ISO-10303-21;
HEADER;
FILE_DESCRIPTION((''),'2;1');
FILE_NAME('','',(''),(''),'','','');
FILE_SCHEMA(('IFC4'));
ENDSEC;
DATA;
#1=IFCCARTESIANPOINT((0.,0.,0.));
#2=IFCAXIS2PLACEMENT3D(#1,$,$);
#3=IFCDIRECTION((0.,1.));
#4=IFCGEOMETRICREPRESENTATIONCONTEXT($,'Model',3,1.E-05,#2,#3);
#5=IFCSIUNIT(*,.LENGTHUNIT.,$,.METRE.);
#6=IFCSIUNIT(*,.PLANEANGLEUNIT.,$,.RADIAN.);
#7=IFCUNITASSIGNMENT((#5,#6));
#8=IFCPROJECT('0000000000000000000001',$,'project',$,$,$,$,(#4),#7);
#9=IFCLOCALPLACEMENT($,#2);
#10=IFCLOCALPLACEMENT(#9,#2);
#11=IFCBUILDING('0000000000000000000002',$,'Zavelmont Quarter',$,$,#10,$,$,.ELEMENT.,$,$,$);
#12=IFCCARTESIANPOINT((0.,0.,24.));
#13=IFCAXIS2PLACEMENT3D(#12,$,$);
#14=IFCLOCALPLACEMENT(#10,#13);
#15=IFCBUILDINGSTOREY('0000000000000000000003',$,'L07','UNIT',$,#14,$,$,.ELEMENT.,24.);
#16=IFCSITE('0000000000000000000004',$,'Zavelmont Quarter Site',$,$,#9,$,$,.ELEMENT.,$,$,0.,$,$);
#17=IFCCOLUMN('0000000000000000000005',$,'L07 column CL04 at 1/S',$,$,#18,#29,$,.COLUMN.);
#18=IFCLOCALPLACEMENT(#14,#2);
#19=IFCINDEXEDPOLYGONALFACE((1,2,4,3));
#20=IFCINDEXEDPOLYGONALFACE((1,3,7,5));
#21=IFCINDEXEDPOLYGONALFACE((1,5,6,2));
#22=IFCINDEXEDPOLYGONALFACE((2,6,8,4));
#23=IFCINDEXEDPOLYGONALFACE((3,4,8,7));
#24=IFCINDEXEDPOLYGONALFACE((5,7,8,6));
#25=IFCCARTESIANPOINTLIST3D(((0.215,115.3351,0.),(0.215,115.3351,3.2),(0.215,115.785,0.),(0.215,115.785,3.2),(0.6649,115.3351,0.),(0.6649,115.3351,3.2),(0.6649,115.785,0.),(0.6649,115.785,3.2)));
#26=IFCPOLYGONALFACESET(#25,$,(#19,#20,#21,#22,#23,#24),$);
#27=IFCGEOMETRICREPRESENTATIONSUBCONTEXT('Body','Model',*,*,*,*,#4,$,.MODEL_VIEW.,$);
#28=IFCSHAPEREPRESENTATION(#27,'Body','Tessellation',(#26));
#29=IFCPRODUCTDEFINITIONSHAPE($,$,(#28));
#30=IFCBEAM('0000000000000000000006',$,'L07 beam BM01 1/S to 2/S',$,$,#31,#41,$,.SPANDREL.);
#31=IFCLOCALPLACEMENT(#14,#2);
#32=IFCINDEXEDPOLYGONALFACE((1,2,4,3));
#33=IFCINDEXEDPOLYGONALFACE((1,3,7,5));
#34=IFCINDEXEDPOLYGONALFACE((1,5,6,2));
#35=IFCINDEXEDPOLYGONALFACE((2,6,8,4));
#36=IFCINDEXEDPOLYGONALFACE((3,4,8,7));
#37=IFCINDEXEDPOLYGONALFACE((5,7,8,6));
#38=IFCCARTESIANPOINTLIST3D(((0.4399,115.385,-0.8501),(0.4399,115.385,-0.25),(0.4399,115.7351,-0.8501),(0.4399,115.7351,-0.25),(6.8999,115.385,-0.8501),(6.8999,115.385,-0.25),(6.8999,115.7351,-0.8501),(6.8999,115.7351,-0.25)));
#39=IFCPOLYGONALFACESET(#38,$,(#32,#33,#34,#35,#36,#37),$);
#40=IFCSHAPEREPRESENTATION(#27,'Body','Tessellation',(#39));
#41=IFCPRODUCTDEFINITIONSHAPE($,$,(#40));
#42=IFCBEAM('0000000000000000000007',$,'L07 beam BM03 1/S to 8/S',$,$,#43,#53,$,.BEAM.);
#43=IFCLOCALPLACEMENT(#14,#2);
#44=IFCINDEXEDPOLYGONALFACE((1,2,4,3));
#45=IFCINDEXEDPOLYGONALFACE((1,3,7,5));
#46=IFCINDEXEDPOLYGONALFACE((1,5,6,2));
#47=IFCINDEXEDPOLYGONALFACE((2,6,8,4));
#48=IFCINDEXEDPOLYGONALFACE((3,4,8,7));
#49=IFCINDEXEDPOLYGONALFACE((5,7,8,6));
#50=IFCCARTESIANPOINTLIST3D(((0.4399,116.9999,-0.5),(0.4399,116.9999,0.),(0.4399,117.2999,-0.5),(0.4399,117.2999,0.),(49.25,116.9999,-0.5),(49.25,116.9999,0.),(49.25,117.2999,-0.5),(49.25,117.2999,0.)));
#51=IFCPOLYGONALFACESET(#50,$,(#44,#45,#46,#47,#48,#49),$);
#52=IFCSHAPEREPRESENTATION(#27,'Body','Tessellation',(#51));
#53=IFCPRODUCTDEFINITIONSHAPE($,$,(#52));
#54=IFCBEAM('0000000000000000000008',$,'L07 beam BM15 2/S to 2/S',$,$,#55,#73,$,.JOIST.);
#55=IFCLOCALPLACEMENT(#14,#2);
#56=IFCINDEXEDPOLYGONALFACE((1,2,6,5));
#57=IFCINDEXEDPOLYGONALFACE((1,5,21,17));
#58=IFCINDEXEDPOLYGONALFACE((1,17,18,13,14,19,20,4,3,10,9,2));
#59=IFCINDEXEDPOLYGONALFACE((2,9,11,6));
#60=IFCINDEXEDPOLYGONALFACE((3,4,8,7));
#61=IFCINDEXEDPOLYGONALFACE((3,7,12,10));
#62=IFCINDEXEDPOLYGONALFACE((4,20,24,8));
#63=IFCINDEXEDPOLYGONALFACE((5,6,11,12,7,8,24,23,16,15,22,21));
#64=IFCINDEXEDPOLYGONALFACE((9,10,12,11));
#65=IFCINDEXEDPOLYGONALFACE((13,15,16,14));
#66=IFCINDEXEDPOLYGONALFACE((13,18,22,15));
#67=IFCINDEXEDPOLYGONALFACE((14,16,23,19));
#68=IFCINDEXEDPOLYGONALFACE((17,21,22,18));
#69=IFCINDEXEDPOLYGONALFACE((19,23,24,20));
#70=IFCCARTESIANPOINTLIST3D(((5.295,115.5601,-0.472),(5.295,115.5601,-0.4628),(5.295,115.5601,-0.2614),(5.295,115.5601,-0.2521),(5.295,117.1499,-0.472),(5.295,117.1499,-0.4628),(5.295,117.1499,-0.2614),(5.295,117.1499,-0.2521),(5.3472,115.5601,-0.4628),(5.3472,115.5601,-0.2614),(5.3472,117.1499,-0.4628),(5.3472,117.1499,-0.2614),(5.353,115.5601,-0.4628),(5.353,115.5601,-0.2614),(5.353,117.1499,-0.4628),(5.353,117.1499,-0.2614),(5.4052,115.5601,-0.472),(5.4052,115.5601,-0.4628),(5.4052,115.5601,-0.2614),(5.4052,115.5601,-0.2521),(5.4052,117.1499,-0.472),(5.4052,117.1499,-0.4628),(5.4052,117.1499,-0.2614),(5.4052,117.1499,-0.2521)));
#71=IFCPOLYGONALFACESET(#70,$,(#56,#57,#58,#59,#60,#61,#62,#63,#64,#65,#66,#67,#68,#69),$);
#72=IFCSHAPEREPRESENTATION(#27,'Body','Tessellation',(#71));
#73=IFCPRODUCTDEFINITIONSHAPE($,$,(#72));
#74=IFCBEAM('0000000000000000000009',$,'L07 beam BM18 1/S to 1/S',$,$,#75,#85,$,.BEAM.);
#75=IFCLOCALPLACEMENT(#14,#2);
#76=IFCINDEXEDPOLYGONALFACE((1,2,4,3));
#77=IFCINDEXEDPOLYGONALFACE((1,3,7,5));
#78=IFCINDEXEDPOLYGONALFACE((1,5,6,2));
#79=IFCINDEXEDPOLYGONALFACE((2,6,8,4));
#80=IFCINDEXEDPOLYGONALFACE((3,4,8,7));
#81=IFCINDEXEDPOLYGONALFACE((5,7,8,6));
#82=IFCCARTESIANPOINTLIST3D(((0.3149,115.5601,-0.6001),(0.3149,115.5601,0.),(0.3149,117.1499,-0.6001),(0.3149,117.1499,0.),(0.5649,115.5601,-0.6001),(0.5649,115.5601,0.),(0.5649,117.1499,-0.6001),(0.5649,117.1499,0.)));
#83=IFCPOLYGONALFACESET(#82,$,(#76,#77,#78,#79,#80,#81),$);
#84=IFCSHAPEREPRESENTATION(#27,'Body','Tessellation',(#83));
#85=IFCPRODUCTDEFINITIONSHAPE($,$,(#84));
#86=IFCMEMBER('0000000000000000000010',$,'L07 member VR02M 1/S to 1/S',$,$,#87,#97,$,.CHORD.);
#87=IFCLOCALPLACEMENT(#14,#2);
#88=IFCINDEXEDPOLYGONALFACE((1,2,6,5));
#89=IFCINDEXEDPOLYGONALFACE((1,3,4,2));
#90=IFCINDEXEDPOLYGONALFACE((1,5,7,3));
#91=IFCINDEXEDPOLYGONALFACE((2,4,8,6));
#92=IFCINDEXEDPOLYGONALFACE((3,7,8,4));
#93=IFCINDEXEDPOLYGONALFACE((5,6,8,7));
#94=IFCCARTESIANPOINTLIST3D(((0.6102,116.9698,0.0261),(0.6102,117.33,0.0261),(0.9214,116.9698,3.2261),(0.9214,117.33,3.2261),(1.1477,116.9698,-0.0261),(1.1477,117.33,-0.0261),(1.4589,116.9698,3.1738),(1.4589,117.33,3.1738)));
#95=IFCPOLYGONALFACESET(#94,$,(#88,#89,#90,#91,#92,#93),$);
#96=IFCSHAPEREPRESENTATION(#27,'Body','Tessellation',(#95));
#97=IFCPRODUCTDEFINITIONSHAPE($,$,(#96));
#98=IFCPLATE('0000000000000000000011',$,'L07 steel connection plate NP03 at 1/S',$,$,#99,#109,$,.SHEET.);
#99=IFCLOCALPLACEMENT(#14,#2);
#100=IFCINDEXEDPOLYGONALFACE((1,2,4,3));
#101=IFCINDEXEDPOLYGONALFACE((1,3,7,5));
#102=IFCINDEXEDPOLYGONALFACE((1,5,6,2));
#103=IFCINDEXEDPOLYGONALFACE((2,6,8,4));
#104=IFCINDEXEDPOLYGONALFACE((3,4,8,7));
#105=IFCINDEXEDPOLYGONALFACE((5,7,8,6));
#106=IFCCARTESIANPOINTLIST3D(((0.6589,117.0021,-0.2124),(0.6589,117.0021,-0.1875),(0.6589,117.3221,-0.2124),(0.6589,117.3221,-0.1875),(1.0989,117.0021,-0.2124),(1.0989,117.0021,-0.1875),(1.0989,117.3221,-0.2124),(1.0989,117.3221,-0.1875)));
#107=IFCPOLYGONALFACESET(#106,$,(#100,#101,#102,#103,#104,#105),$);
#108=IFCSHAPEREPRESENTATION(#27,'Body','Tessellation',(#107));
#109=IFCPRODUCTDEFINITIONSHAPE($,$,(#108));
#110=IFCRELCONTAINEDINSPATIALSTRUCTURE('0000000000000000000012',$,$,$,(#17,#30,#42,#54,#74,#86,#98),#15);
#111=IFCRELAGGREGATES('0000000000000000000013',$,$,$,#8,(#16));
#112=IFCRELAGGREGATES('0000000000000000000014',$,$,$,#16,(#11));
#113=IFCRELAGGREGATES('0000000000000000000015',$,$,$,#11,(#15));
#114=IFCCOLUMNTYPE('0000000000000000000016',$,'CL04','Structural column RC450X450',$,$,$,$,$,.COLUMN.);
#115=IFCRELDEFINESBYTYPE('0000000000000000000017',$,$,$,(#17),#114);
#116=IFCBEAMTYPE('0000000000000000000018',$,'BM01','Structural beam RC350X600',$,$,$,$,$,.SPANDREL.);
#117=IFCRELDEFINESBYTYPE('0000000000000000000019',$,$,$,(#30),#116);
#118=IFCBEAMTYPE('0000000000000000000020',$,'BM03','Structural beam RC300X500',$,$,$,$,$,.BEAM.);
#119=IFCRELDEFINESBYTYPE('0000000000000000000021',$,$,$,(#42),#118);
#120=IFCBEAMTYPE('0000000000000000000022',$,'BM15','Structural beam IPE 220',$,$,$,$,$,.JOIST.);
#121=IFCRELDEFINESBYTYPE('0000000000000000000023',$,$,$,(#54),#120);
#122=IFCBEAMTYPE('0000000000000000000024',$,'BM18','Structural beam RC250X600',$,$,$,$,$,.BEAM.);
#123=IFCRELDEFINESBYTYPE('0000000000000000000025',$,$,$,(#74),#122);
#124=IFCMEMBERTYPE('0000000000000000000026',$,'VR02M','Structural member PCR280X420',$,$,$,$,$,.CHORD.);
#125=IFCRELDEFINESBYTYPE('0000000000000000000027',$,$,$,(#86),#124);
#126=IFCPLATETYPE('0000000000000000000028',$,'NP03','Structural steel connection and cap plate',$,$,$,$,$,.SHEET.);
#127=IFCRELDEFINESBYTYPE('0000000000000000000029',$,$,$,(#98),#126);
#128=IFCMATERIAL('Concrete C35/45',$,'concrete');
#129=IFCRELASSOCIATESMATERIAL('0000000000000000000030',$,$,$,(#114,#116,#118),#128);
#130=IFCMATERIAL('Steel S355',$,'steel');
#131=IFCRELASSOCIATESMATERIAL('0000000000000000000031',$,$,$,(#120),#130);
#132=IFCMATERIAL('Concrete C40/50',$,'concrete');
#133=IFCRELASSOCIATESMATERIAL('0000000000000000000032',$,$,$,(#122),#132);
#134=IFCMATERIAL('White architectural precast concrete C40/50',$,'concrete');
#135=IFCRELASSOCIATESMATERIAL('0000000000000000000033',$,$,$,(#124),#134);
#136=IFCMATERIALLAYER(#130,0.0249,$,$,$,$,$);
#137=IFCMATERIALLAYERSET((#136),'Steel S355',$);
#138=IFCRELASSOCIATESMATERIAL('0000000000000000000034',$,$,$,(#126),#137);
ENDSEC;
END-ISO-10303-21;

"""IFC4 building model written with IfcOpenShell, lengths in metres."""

from ifc_helpers import new_model, si_unit, direction, frame, origin, origin_2d, place, context, subcontext, project, spatial, rectangle, i_section, extrude, material, layer, layer_set, material_profile, profile_set, type_object, element, save


model = new_model("IFC4")

# Units and contexts
model_context = context("Model", 3, precision=1e-05, world=origin(), true_north=direction((0.0, 1.0)))
body_context = subcontext(model_context, "Body", "Model", "MODEL_VIEW")
ifc_project = project(units=[si_unit("LENGTHUNIT", "METRE"), si_unit("PLANEANGLEUNIT", "RADIAN")], contexts=[model_context])

# Site, building, storey
site_placement = place(None, origin())
site = spatial("IfcSite", under=ifc_project, at=site_placement, Name="Zavelmont Quarter Site", CompositionType="ELEMENT", RefElevation=0.0)
building_placement = place(site_placement, origin())
building = spatial("IfcBuilding", under=site, at=building_placement, Name="Zavelmont Quarter", CompositionType="ELEMENT")
storey_placement = place(building_placement, frame((0.0, 0.0, 24.0)))
storey = spatial("IfcBuildingStorey", under=building, at=storey_placement, Name="L07", Description="UNIT", CompositionType="ELEMENT", Elevation=24.0)

# Column
ifc_material_1 = material(Name="Concrete C35/45", Category="concrete")
ifc_material_profile_1 = material_profile(ifc_material_1, rectangle(XDim=0.45, YDim=0.45, at=origin_2d()), Name="RC450X450")
ifc_profile_set_1 = profile_set([ifc_material_profile_1], Name="Concrete C35/45")
column_type = type_object("IfcColumnType", Name="CL04", Description="Structural column RC450X450", PredefinedType="COLUMN", material=ifc_profile_set_1)
column_placement = place(storey_placement, frame((0.4399, 115.5601, 0.0), z_axis=(0.0, 0.0, 1.0), x_axis=(1.0, 0.0, 0.0)))
element("IfcColumn", 1, at=column_placement, inside=storey, type_object=column_type, Name="L07 column CL04 at 1/S", PredefinedType="COLUMN", context=body_context, shape_type="SweptSolid", body=[
    extrude(rectangle(XDim=0.45, YDim=0.45, at=origin_2d()), origin(), (0.0, 0.0, 1.0), 3.2),
])

# Beams
ifc_material_profile_2 = material_profile(ifc_material_1, rectangle(XDim=0.3501, YDim=0.6001, at=origin_2d()), Name="RC350X600")
ifc_profile_set_2 = profile_set([ifc_material_profile_2], Name="Concrete C35/45")
beam_type_1 = type_object("IfcBeamType", Name="BM01", Description="Structural beam RC350X600", PredefinedType="SPANDREL", material=ifc_profile_set_2)
beam_1_placement = place(storey_placement, frame((0.4399, 115.5601, -0.55), z_axis=(1.0, 0.0, 0.0), x_axis=(0.0, 1.0, 0.0)))
element("IfcBeam", 2, at=beam_1_placement, inside=storey, type_object=beam_type_1, Name="L07 beam BM01 1/S to 2/S", PredefinedType="SPANDREL", context=body_context, shape_type="SweptSolid", body=[
    extrude(rectangle(XDim=0.3501, YDim=0.6001, at=origin_2d()), origin(), (0.0, 0.0, 1.0), 6.46),
])
ifc_material_profile_3 = material_profile(ifc_material_1, rectangle(XDim=0.3, YDim=0.5, at=origin_2d()), Name="RC300X500")
ifc_profile_set_3 = profile_set([ifc_material_profile_3], Name="Concrete C35/45")
beam_type_2 = type_object("IfcBeamType", Name="BM03", Description="Structural beam RC300X500", PredefinedType="BEAM", material=ifc_profile_set_3)
beam_2_placement = place(storey_placement, frame((0.4399, 117.1499, -0.25), z_axis=(1.0, 0.0, 0.0), x_axis=(0.0, 1.0, 0.0)))
element("IfcBeam", 3, at=beam_2_placement, inside=storey, type_object=beam_type_2, Name="L07 beam BM03 1/S to 8/S", PredefinedType="BEAM", context=body_context, shape_type="SweptSolid", body=[
    extrude(rectangle(XDim=0.3, YDim=0.5, at=origin_2d()), origin(), (0.0, 0.0, 1.0), 48.8101),
])
ifc_material_2 = material(Name="Steel S355", Category="steel")
ifc_material_profile_4 = material_profile(ifc_material_2, i_section(OverallWidth=0.1101, OverallDepth=0.22, WebThickness=0.0059, FlangeThickness=0.0093, at=origin_2d()), Name="IPE 220")
ifc_profile_set_4 = profile_set([ifc_material_profile_4], Name="Steel S355")
beam_type_3 = type_object("IfcBeamType", Name="BM15", Description="Structural beam IPE 220", PredefinedType="JOIST", material=ifc_profile_set_4)
beam_3_placement = place(storey_placement, frame((5.3501, 115.5601, -0.3621), z_axis=(0.0, 1.0, 0.0), x_axis=(-1.0, 0.0, 0.0)))
element("IfcBeam", 4, at=beam_3_placement, inside=storey, type_object=beam_type_3, Name="L07 beam BM15 2/S to 2/S", PredefinedType="JOIST", context=body_context, shape_type="SweptSolid", body=[
    extrude(i_section(OverallWidth=0.1101, OverallDepth=0.22, WebThickness=0.0059, FlangeThickness=0.0093, at=origin_2d()), origin(), (0.0, 0.0, 1.0), 1.5898),
])
ifc_material_3 = material(Name="Concrete C40/50", Category="concrete")
ifc_material_profile_5 = material_profile(ifc_material_3, rectangle(XDim=0.25, YDim=0.6001, at=origin_2d()), Name="RC250X600")
ifc_profile_set_5 = profile_set([ifc_material_profile_5], Name="Concrete C40/50")
beam_type_4 = type_object("IfcBeamType", Name="BM18", Description="Structural beam RC250X600", PredefinedType="BEAM", material=ifc_profile_set_5)
beam_4_placement = place(storey_placement, frame((0.4399, 115.5601, -0.3), z_axis=(0.0, 1.0, 0.0), x_axis=(-1.0, 0.0, 0.0)))
element("IfcBeam", 5, at=beam_4_placement, inside=storey, type_object=beam_type_4, Name="L07 beam BM18 1/S to 1/S", PredefinedType="BEAM", context=body_context, shape_type="SweptSolid", body=[
    extrude(rectangle(XDim=0.25, YDim=0.6001, at=origin_2d()), origin(), (0.0, 0.0, 1.0), 1.5898),
])

# Member
ifc_material_4 = material(Name="White architectural precast concrete C40/50", Category="concrete")
ifc_material_profile_6 = material_profile(ifc_material_4, rectangle(XDim=0.3601, YDim=0.54, at=origin_2d()), Name="PCR280X420")
ifc_profile_set_6 = profile_set([ifc_material_profile_6], Name="White architectural precast concrete C40/50")
member_type = type_object("IfcMemberType", Name="VR02M", Description="Structural member PCR280X420", PredefinedType="CHORD", material=ifc_profile_set_6)
member_placement = place(storey_placement, frame((0.8789, 117.1499, 0.0), z_axis=(0.096819, 0.0, 0.995302), x_axis=(0.0, 1.0, 0.0)))
element("IfcMember", 6, at=member_placement, inside=storey, type_object=member_type, Name="L07 member VR02M 1/S to 1/S", PredefinedType="CHORD", context=body_context, shape_type="SweptSolid", body=[
    extrude(rectangle(XDim=0.3601, YDim=0.54, at=origin_2d()), origin(), (0.0, 0.0, 1.0), 3.2151),
])

# Plate
ifc_layer_1 = layer(ifc_material_2, 0.0249)
ifc_layer_set_1 = layer_set([ifc_layer_1], Name="Steel S355")
plate_type = type_object("IfcPlateType", Name="NP03", Description="Structural steel connection and cap plate", PredefinedType="SHEET", material=ifc_layer_set_1)
plate_placement = place(storey_placement, frame((0.8789, 117.1621, -0.2124), z_axis=(0.0, 0.0, 1.0), x_axis=(1.0, 0.0, 0.0)))
element("IfcPlate", 7, at=plate_placement, inside=storey, type_object=plate_type, Name="L07 steel connection plate NP03 at 1/S", PredefinedType="SHEET", context=body_context, shape_type="SweptSolid", body=[
    extrude(rectangle(XDim=0.4399, YDim=0.3201, at=origin_2d()), origin(), (0.0, 0.0, 1.0), 0.0249),
])

save(model, "model.ifc")
